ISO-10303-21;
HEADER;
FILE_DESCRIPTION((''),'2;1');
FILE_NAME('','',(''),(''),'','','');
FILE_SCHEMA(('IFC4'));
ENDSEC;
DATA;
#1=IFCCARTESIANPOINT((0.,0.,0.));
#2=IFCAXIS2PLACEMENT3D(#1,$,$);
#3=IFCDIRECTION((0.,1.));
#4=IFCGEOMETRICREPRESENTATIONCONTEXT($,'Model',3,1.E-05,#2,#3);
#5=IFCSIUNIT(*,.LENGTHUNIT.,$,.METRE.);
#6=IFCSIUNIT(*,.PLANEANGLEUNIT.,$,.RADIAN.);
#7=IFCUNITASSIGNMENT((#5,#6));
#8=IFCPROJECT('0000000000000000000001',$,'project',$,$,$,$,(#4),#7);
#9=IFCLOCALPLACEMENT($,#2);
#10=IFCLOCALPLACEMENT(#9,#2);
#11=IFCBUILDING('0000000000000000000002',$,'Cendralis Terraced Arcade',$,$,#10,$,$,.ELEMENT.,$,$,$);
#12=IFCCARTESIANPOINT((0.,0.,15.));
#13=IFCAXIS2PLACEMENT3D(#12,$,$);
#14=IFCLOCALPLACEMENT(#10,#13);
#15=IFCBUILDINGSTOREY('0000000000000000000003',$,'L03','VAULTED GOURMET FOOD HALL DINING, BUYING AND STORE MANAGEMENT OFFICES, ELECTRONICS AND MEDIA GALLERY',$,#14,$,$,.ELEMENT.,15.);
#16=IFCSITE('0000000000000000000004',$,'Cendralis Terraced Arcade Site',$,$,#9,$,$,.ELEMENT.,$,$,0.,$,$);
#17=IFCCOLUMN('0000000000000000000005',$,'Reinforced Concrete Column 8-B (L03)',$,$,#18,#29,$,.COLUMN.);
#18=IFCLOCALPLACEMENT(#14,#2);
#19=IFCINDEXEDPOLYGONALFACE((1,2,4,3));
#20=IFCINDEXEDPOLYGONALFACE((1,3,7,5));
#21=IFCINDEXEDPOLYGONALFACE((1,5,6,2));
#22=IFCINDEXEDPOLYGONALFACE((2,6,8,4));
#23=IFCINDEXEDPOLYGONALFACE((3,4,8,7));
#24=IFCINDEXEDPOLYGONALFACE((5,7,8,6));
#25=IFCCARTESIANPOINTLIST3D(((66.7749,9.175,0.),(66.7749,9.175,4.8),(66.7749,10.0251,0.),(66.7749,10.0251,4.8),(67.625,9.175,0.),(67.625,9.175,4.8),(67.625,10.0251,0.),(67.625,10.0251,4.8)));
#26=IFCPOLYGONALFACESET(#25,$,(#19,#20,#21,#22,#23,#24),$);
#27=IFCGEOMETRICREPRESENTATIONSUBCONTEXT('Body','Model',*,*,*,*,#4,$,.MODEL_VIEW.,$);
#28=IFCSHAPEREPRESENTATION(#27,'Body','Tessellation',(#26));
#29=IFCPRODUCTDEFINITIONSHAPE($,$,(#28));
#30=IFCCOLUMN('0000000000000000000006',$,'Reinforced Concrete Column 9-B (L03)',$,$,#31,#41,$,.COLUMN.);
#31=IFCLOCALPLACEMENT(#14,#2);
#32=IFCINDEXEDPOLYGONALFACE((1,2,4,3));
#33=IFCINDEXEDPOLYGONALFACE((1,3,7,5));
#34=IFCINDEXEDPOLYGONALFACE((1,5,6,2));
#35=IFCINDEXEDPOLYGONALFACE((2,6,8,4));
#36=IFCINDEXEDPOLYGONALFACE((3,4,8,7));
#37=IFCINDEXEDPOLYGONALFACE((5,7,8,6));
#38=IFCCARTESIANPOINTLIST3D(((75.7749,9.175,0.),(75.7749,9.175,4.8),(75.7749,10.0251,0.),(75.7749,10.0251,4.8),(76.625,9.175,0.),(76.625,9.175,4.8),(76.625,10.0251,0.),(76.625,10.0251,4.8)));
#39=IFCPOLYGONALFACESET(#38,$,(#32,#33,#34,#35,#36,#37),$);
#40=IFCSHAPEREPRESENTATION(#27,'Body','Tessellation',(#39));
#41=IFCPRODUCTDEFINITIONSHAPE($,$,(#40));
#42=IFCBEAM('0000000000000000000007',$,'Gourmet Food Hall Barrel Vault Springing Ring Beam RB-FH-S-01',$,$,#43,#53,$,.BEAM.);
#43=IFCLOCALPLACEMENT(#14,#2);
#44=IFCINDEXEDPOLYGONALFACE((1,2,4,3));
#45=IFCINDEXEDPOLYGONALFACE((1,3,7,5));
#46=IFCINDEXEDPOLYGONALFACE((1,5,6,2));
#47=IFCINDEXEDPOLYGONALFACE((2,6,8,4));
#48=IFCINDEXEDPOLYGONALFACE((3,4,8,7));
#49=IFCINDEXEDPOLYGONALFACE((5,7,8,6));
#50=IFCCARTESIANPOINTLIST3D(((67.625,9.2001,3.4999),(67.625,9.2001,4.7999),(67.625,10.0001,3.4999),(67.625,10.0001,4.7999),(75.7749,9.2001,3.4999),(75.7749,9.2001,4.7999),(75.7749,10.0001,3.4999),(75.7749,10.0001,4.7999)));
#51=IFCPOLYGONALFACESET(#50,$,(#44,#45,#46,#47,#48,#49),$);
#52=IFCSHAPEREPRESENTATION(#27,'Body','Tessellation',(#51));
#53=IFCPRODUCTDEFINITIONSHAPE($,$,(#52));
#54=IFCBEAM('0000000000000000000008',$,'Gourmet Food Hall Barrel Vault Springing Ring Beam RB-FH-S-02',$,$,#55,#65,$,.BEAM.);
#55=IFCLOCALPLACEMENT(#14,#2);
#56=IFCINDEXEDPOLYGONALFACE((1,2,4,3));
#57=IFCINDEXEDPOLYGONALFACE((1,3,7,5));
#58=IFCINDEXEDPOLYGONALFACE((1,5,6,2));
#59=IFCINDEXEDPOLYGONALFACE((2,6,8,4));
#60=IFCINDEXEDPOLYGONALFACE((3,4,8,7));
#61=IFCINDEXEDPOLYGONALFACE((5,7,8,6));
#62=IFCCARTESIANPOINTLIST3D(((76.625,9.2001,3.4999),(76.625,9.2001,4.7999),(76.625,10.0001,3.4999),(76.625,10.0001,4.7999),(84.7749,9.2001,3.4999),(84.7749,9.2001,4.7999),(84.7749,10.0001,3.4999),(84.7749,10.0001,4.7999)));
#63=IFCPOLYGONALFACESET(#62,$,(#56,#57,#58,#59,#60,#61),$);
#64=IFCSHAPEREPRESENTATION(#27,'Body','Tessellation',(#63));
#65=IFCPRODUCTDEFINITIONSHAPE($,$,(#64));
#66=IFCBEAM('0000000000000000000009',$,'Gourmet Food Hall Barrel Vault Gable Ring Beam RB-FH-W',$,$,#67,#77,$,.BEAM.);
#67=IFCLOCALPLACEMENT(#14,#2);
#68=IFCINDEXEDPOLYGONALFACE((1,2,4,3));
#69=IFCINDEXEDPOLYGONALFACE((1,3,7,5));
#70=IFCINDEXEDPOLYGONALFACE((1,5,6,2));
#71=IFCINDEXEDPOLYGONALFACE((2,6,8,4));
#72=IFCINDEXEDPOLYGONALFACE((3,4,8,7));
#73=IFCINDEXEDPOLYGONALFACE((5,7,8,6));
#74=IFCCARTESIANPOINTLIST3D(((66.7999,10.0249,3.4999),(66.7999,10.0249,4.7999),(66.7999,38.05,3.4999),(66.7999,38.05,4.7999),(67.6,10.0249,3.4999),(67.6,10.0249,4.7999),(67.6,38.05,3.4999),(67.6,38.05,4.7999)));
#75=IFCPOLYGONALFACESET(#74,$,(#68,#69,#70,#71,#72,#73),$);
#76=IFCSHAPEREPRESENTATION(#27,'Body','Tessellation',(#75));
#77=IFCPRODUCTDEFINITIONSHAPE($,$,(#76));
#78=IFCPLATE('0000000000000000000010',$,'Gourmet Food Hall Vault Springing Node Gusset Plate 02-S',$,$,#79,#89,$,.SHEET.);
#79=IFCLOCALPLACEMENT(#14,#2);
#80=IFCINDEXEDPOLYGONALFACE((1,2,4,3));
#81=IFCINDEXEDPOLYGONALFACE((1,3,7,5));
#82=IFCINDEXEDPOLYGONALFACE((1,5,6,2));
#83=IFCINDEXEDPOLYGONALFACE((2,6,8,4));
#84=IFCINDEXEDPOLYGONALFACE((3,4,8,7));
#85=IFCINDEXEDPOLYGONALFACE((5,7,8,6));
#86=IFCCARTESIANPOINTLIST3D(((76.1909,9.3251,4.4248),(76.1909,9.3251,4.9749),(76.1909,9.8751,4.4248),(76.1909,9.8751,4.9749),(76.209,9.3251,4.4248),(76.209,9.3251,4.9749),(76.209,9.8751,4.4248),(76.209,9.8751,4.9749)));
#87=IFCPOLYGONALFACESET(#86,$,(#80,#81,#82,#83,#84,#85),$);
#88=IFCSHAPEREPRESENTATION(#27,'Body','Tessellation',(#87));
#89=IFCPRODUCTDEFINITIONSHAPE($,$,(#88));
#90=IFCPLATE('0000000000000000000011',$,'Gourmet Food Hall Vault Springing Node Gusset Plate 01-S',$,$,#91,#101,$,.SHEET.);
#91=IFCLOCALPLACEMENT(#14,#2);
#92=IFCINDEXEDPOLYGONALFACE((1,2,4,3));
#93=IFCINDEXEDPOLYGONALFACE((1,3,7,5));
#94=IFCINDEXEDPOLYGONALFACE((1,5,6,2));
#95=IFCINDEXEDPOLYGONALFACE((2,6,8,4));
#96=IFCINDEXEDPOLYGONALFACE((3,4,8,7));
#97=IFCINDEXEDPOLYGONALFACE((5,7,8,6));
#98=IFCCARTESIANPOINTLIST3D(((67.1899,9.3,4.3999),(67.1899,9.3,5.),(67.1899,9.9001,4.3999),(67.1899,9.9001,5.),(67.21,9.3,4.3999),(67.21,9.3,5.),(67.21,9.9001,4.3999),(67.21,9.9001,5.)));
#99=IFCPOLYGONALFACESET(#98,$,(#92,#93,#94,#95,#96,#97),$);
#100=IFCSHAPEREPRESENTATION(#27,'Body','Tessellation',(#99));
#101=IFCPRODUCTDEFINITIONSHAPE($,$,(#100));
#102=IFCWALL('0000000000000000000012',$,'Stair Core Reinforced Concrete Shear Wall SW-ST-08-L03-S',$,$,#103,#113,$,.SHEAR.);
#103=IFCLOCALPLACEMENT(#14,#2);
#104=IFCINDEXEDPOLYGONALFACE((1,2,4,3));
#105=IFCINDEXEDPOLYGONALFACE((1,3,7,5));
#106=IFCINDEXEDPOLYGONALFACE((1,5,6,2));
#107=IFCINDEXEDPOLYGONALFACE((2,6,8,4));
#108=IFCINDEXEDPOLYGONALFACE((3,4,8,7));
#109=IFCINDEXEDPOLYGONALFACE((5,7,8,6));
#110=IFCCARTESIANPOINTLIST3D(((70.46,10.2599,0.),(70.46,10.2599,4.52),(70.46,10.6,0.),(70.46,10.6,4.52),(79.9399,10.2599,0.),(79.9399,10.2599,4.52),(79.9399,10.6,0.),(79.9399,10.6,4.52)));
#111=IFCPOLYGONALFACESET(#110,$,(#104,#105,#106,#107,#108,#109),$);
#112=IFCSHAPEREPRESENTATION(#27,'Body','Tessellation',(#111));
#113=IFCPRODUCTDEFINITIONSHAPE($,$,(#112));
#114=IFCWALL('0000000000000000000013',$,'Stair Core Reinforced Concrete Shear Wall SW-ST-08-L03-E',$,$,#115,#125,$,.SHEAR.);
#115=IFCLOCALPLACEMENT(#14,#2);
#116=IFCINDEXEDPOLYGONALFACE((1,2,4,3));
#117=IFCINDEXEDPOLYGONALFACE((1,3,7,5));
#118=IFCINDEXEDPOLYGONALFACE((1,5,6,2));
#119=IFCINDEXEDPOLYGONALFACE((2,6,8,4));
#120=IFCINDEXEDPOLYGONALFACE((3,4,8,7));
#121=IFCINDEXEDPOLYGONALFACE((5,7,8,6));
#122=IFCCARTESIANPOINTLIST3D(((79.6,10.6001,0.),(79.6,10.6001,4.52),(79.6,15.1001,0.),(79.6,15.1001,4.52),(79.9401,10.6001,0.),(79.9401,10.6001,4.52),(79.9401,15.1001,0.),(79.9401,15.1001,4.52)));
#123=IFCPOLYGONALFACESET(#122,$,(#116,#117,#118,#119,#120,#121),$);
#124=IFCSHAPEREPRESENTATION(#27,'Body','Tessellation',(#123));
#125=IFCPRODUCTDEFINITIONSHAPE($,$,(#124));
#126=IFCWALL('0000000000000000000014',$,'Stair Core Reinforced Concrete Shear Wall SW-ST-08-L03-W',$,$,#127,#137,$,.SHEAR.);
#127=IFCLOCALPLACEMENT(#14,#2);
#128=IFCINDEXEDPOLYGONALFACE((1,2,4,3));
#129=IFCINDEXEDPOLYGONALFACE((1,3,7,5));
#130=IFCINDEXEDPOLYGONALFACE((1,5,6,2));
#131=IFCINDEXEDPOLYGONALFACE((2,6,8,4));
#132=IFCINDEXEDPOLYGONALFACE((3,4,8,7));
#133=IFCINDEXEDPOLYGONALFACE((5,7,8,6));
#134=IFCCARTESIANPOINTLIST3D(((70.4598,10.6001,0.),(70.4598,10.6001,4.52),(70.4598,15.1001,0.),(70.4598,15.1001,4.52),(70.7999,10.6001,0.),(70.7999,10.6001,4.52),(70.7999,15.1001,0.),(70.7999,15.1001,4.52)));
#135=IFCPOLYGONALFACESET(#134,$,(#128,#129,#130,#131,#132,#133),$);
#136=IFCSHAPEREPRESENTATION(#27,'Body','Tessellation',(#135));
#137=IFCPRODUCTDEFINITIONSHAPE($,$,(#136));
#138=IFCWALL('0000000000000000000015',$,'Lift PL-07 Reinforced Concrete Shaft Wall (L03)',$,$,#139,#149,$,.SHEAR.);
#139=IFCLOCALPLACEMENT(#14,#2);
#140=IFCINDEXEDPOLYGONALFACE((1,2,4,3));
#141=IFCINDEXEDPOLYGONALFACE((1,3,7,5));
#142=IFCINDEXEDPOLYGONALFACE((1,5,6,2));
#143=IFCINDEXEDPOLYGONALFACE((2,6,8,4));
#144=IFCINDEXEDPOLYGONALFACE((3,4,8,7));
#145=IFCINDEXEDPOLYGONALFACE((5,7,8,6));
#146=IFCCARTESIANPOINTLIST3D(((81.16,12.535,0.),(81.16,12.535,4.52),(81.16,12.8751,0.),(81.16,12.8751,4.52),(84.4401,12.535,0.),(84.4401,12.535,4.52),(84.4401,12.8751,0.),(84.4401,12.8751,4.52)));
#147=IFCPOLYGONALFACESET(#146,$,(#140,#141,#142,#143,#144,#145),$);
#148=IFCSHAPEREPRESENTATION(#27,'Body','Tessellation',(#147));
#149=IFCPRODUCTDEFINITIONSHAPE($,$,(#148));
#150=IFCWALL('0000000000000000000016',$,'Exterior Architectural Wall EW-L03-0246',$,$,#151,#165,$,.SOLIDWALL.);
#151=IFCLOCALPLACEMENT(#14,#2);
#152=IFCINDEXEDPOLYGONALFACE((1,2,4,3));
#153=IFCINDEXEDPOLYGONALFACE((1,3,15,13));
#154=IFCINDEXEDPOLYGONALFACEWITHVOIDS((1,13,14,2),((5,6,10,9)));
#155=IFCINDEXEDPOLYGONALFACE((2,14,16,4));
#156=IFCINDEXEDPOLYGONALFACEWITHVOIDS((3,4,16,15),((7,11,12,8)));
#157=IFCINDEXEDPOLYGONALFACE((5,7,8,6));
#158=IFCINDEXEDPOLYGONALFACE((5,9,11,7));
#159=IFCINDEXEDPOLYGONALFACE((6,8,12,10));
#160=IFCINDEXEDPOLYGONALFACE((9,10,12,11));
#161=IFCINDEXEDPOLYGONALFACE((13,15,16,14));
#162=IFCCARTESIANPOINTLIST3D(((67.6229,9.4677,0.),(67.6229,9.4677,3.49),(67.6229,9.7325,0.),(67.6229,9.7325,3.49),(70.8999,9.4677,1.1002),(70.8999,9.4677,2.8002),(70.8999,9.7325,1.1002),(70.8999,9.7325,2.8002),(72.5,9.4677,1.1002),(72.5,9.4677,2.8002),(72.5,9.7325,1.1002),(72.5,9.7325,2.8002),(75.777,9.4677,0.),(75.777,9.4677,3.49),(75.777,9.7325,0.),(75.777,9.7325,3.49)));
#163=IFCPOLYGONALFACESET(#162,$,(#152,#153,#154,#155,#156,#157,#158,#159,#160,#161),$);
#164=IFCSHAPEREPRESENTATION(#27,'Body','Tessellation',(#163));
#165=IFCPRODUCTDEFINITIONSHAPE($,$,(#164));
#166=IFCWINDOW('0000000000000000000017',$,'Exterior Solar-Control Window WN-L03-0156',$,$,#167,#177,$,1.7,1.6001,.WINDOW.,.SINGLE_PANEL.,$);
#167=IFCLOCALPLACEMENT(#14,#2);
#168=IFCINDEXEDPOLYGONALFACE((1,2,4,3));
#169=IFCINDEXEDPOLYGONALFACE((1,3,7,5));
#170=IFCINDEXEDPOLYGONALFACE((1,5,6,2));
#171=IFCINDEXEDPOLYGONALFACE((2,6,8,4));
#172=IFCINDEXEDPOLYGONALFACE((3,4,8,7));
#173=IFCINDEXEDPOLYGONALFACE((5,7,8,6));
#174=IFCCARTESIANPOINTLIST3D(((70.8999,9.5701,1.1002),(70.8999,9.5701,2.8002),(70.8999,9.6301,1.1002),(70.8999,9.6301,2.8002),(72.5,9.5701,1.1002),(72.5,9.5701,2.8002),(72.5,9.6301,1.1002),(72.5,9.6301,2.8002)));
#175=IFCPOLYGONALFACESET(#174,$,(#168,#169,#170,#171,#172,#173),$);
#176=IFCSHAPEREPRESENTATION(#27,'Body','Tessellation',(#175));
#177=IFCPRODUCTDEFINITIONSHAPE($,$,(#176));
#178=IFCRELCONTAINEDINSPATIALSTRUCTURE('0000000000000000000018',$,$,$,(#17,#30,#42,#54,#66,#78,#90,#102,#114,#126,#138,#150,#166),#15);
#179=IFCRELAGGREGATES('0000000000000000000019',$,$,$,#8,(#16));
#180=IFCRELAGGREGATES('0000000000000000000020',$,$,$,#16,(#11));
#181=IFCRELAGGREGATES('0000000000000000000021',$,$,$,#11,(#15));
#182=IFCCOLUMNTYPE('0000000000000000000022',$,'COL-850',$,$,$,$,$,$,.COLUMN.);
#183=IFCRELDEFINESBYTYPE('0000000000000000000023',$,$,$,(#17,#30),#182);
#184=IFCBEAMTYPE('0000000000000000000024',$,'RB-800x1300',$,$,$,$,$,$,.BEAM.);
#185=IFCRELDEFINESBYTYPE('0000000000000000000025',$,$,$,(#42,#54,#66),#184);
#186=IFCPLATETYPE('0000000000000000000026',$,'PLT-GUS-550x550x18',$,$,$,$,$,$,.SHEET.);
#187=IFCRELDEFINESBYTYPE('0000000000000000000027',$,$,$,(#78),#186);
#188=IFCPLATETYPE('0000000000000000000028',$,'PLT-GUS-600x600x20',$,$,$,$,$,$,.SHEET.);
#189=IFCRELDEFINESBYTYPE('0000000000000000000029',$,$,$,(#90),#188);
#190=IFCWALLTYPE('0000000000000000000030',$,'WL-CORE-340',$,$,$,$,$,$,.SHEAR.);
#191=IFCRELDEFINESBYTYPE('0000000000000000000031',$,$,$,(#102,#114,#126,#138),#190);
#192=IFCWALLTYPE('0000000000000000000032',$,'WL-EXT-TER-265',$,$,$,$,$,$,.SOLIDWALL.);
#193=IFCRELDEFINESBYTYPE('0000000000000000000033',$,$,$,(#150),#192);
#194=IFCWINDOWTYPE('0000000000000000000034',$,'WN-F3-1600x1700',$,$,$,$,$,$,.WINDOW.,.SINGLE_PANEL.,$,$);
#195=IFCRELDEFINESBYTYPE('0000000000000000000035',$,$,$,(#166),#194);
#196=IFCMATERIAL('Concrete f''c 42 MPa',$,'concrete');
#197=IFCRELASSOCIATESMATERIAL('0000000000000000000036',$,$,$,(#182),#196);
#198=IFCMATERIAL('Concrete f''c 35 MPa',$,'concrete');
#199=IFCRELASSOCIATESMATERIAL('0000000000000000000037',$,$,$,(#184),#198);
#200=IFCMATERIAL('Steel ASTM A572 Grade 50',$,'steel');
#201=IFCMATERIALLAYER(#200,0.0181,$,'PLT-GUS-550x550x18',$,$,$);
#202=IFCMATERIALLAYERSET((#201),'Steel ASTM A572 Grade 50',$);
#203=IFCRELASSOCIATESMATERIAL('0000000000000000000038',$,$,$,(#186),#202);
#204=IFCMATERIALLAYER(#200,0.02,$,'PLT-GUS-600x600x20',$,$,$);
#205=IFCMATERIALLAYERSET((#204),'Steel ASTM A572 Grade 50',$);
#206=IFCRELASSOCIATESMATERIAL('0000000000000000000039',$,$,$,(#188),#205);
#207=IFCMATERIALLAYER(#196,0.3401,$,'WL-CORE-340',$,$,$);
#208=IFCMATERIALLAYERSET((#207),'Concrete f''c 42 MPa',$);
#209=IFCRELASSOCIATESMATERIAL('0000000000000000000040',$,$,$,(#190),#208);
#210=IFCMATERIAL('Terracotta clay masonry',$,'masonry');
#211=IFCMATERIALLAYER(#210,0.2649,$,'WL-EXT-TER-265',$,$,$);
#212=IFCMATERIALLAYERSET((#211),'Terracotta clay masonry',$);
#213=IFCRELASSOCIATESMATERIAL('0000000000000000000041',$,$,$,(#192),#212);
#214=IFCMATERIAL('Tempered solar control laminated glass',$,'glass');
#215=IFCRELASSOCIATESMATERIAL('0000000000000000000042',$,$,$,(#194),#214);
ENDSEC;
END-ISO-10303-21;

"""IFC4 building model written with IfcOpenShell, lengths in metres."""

from ifc_helpers import new_model, si_unit, direction, frame, frame_2d, origin, origin_2d, place, context, subcontext, project, spatial, rectangle, extrude, material, layer, layer_set, material_profile, profile_set, type_object, element, fill, save


model = new_model("IFC4")

# Units and contexts
model_context = context("Model", 3, precision=1e-05, world=origin(), true_north=direction((0.0, 1.0)))
body_context = subcontext(model_context, "Body", "Model", "MODEL_VIEW")
ifc_project = project(units=[si_unit("LENGTHUNIT", "METRE"), si_unit("PLANEANGLEUNIT", "RADIAN")], contexts=[model_context])

# Site, building, storey
site_placement = place(None, origin())
site = spatial("IfcSite", under=ifc_project, at=site_placement, Name="Cendralis Terraced Arcade Site", CompositionType="ELEMENT", RefElevation=0.0)
building_placement = place(site_placement, origin())
building = spatial("IfcBuilding", under=site, at=building_placement, Name="Cendralis Terraced Arcade", CompositionType="ELEMENT")
storey_placement = place(building_placement, frame((0.0, 0.0, 15.0)))
storey = spatial("IfcBuildingStorey", under=building, at=storey_placement, Name="L03", Description="VAULTED GOURMET FOOD HALL DINING, BUYING AND STORE MANAGEMENT OFFICES, ELECTRONICS AND MEDIA GALLERY", CompositionType="ELEMENT", Elevation=15.0)

# Columns
ifc_material_1 = material(Name="Concrete f'c 42 MPa", Category="concrete")
ifc_material_profile_1 = material_profile(ifc_material_1, rectangle(XDim=0.8501, YDim=0.8501, at=origin_2d()), Name="RC-COL-850x850", Category="LoadBearing")
ifc_profile_set_1 = profile_set([ifc_material_profile_1], Name="Concrete f'c 42 MPa")
column_type = type_object("IfcColumnType", Name="COL-850", PredefinedType="COLUMN", material=ifc_profile_set_1)
for number, where, z_axis, x_axis, name in (
    (1, (67.2, 9.6001, 0.0), (0.0, 0.0, 1.0), (1.0, 0.0, 0.0), "Reinforced Concrete Column 8-B (L03)"),
    (2, (76.2, 9.6001, 0.0), (0.0, 0.0, 1.0), (1.0, 0.0, 0.0), "Reinforced Concrete Column 9-B (L03)"),
):
    element("IfcColumn", number, at=place(storey_placement, frame(where, z_axis=z_axis, x_axis=x_axis)), inside=storey, type_object=column_type, Name=name, PredefinedType="COLUMN", context=body_context, shape_type="SweptSolid", body=[
        extrude(rectangle(XDim=0.8501, YDim=0.8501, at=origin_2d()), origin(), (0.0, 0.0, 1.0), 4.8),
    ])

# Beams
ifc_material_2 = material(Name="Concrete f'c 35 MPa", Category="concrete")
ifc_material_profile_2 = material_profile(ifc_material_2, rectangle(XDim=0.8, YDim=1.3, at=origin_2d()), Name="RC-RB-800x1300", Category="LoadBearing")
ifc_profile_set_2 = profile_set([ifc_material_profile_2], Name="Concrete f'c 35 MPa")
beam_type = type_object("IfcBeamType", Name="RB-800x1300", PredefinedType="BEAM", material=ifc_profile_set_2)
for number, where, z_axis, x_axis, name in (
    (3, (67.625, 9.6001, 4.1499), (1.0, 0.0, 0.0), (0.0, 1.0, 0.0), "Gourmet Food Hall Barrel Vault Springing Ring Beam RB-FH-S-01"),
    (4, (76.625, 9.6001, 4.1499), (1.0, 0.0, 0.0), (0.0, 1.0, 0.0), "Gourmet Food Hall Barrel Vault Springing Ring Beam RB-FH-S-02"),
):
    element("IfcBeam", number, at=place(storey_placement, frame(where, z_axis=z_axis, x_axis=x_axis)), inside=storey, type_object=beam_type, Name=name, PredefinedType="BEAM", context=body_context, shape_type="SweptSolid", body=[
        extrude(rectangle(XDim=0.8, YDim=1.3, at=origin_2d()), origin(), (0.0, 0.0, 1.0), 8.1499),
    ])
beam_placement = place(storey_placement, frame((67.2, 10.0249, 4.1499), z_axis=(0.0, 1.0, 0.0), x_axis=(-1.0, 0.0, 0.0)))
element("IfcBeam", 5, at=beam_placement, inside=storey, type_object=beam_type, Name="Gourmet Food Hall Barrel Vault Gable Ring Beam RB-FH-W", PredefinedType="BEAM", context=body_context, shape_type="SweptSolid", body=[
    extrude(rectangle(XDim=0.8, YDim=1.3, at=origin_2d()), origin(), (0.0, 0.0, 1.0), 28.0251),
])

# Plates
ifc_material_3 = material(Name="Steel ASTM A572 Grade 50", Category="steel")
ifc_layer_1 = layer(ifc_material_3, 0.0181, Name="PLT-GUS-550x550x18")
ifc_layer_set_1 = layer_set([ifc_layer_1], Name="Steel ASTM A572 Grade 50")
plate_type_1 = type_object("IfcPlateType", Name="PLT-GUS-550x550x18", PredefinedType="SHEET", material=ifc_layer_set_1)
plate_1_placement = place(storey_placement, frame((76.2, 9.6001, 4.4248), z_axis=(0.0, 0.0, 1.0), x_axis=(0.0, 1.0, 0.0)))
element("IfcPlate", 6, at=plate_1_placement, inside=storey, type_object=plate_type_1, Name="Gourmet Food Hall Vault Springing Node Gusset Plate 02-S", PredefinedType="SHEET", context=body_context, shape_type="SweptSolid", body=[
    extrude(rectangle(XDim=0.55, YDim=0.0181, at=origin_2d()), origin(), (0.0, 0.0, 1.0), 0.55),
])
ifc_layer_2 = layer(ifc_material_3, 0.02, Name="PLT-GUS-600x600x20")
ifc_layer_set_2 = layer_set([ifc_layer_2], Name="Steel ASTM A572 Grade 50")
plate_type_2 = type_object("IfcPlateType", Name="PLT-GUS-600x600x20", PredefinedType="SHEET", material=ifc_layer_set_2)
plate_2_placement = place(storey_placement, frame((67.2, 9.6001, 4.3999), z_axis=(0.0, 0.0, 1.0), x_axis=(0.0, 1.0, 0.0)))
element("IfcPlate", 7, at=plate_2_placement, inside=storey, type_object=plate_type_2, Name="Gourmet Food Hall Vault Springing Node Gusset Plate 01-S", PredefinedType="SHEET", context=body_context, shape_type="SweptSolid", body=[
    extrude(rectangle(XDim=0.6001, YDim=0.02, at=origin_2d()), origin(), (0.0, 0.0, 1.0), 0.6001),
])

# Walls
ifc_layer_3 = layer(ifc_material_1, 0.3401, Name="WL-CORE-340")
ifc_layer_set_3 = layer_set([ifc_layer_3], Name="Concrete f'c 42 MPa")
wall_type_1 = type_object("IfcWallType", Name="WL-CORE-340", PredefinedType="SHEAR", material=ifc_layer_set_3)
wall_1_placement = place(storey_placement, frame((70.46, 10.4299, 0.0), z_axis=(0.0, 0.0, 1.0), x_axis=(1.0, 0.0, 0.0)))
element("IfcWall", 8, at=wall_1_placement, inside=storey, type_object=wall_type_1, Name="Stair Core Reinforced Concrete Shear Wall SW-ST-08-L03-S", PredefinedType="SHEAR", context=body_context, shape_type="SweptSolid", body=[
    extrude(rectangle(XDim=9.48, YDim=0.3401, at=frame_2d((4.74, 0.0))), origin(), (0.0, 0.0, 1.0), 4.52),
])
for number, where, z_axis, x_axis, name in (
    (9, (79.77, 10.6001, 0.0), (0.0, 0.0, 1.0), (0.0, 1.0, 0.0), "Stair Core Reinforced Concrete Shear Wall SW-ST-08-L03-E"),
    (10, (70.6299, 10.6001, 0.0), (0.0, 0.0, 1.0), (0.0, 1.0, 0.0), "Stair Core Reinforced Concrete Shear Wall SW-ST-08-L03-W"),
):
    element("IfcWall", number, at=place(storey_placement, frame(where, z_axis=z_axis, x_axis=x_axis)), inside=storey, type_object=wall_type_1, Name=name, PredefinedType="SHEAR", context=body_context, shape_type="SweptSolid", body=[
        extrude(rectangle(XDim=4.5, YDim=0.3401, at=frame_2d((2.25, 0.0))), origin(), (0.0, 0.0, 1.0), 4.52),
    ])
wall_2_placement = place(storey_placement, frame((81.1599, 12.7051, 0.0), z_axis=(0.0, 0.0, 1.0), x_axis=(1.0, 0.0, 0.0)))
element("IfcWall", 11, at=wall_2_placement, inside=storey, type_object=wall_type_1, Name="Lift PL-07 Reinforced Concrete Shaft Wall (L03)", PredefinedType="SHEAR", context=body_context, shape_type="SweptSolid", body=[
    extrude(rectangle(XDim=3.28, YDim=0.3401, at=frame_2d((1.6401, 0.0))), origin(), (0.0, 0.0, 1.0), 4.52),
])

# Wall, opening, window
ifc_material_4 = material(Name="Terracotta clay masonry", Category="masonry")
ifc_layer_4 = layer(ifc_material_4, 0.2649, Name="WL-EXT-TER-265")
ifc_layer_set_4 = layer_set([ifc_layer_4], Name="Terracotta clay masonry")
wall_type_2 = type_object("IfcWallType", Name="WL-EXT-TER-265", PredefinedType="SOLIDWALL", material=ifc_layer_set_4)
wall_3_placement = place(storey_placement, frame((75.7771, 9.6001, 0.0), z_axis=(0.0, 0.0, 1.0), x_axis=(-1.0, 0.0, 0.0)))
wall_3 = element("IfcWall", 12, at=wall_3_placement, inside=storey, type_object=wall_type_2, Name="Exterior Architectural Wall EW-L03-0246", PredefinedType="SOLIDWALL", context=body_context, shape_type="SweptSolid", body=[
    extrude(rectangle(XDim=8.1541, YDim=0.2649, at=frame_2d((4.0771, 0.0))), origin(), (0.0, 0.0, 1.0), 3.49),
])
opening_1_placement = place(wall_3_placement, frame((3.2771, 0.0, 1.1001)))
opening_1 = element("IfcOpeningElement", 13, at=opening_1_placement, cuts=wall_3, PredefinedType="OPENING", context=body_context, shape_type="SweptSolid", body=[
    extrude(rectangle(XDim=1.6001, YDim=1.7, at=frame_2d((0.8, 0.8501))), frame((0.0, 0.1445, 0.0), z_axis=(0.0, -1.0, 0.0), x_axis=(1.0, 0.0, 0.0)), (0.0, 0.0, 1.0), 0.2888),
])
ifc_material_5 = material(Name="Tempered solar control laminated glass", Category="glass")
window_type_1 = type_object("IfcWindowType", Name="WN-F3-1600x1700", PartitioningType="SINGLE_PANEL", PredefinedType="WINDOW", material=ifc_material_5)
window_1_placement = place(opening_1_placement, origin())
window_1 = element("IfcWindow", 14, at=window_1_placement, inside=storey, type_object=window_type_1, Name="Exterior Solar-Control Window WN-L03-0156", OverallHeight=1.7, OverallWidth=1.6001, PartitioningType="SINGLE_PANEL", PredefinedType="WINDOW", context=body_context, shape_type="SweptSolid", body=[
    extrude(rectangle(XDim=1.6001, YDim=1.7, at=frame_2d((0.8, 0.8501))), frame((0.0, 0.03, 0.0), z_axis=(0.0, -1.0, 0.0), x_axis=(1.0, 0.0, 0.0)), (0.0, 0.0, 1.0), 0.0601),
])
fill(opening_1, window_1)

save(model, "model.ifc")
